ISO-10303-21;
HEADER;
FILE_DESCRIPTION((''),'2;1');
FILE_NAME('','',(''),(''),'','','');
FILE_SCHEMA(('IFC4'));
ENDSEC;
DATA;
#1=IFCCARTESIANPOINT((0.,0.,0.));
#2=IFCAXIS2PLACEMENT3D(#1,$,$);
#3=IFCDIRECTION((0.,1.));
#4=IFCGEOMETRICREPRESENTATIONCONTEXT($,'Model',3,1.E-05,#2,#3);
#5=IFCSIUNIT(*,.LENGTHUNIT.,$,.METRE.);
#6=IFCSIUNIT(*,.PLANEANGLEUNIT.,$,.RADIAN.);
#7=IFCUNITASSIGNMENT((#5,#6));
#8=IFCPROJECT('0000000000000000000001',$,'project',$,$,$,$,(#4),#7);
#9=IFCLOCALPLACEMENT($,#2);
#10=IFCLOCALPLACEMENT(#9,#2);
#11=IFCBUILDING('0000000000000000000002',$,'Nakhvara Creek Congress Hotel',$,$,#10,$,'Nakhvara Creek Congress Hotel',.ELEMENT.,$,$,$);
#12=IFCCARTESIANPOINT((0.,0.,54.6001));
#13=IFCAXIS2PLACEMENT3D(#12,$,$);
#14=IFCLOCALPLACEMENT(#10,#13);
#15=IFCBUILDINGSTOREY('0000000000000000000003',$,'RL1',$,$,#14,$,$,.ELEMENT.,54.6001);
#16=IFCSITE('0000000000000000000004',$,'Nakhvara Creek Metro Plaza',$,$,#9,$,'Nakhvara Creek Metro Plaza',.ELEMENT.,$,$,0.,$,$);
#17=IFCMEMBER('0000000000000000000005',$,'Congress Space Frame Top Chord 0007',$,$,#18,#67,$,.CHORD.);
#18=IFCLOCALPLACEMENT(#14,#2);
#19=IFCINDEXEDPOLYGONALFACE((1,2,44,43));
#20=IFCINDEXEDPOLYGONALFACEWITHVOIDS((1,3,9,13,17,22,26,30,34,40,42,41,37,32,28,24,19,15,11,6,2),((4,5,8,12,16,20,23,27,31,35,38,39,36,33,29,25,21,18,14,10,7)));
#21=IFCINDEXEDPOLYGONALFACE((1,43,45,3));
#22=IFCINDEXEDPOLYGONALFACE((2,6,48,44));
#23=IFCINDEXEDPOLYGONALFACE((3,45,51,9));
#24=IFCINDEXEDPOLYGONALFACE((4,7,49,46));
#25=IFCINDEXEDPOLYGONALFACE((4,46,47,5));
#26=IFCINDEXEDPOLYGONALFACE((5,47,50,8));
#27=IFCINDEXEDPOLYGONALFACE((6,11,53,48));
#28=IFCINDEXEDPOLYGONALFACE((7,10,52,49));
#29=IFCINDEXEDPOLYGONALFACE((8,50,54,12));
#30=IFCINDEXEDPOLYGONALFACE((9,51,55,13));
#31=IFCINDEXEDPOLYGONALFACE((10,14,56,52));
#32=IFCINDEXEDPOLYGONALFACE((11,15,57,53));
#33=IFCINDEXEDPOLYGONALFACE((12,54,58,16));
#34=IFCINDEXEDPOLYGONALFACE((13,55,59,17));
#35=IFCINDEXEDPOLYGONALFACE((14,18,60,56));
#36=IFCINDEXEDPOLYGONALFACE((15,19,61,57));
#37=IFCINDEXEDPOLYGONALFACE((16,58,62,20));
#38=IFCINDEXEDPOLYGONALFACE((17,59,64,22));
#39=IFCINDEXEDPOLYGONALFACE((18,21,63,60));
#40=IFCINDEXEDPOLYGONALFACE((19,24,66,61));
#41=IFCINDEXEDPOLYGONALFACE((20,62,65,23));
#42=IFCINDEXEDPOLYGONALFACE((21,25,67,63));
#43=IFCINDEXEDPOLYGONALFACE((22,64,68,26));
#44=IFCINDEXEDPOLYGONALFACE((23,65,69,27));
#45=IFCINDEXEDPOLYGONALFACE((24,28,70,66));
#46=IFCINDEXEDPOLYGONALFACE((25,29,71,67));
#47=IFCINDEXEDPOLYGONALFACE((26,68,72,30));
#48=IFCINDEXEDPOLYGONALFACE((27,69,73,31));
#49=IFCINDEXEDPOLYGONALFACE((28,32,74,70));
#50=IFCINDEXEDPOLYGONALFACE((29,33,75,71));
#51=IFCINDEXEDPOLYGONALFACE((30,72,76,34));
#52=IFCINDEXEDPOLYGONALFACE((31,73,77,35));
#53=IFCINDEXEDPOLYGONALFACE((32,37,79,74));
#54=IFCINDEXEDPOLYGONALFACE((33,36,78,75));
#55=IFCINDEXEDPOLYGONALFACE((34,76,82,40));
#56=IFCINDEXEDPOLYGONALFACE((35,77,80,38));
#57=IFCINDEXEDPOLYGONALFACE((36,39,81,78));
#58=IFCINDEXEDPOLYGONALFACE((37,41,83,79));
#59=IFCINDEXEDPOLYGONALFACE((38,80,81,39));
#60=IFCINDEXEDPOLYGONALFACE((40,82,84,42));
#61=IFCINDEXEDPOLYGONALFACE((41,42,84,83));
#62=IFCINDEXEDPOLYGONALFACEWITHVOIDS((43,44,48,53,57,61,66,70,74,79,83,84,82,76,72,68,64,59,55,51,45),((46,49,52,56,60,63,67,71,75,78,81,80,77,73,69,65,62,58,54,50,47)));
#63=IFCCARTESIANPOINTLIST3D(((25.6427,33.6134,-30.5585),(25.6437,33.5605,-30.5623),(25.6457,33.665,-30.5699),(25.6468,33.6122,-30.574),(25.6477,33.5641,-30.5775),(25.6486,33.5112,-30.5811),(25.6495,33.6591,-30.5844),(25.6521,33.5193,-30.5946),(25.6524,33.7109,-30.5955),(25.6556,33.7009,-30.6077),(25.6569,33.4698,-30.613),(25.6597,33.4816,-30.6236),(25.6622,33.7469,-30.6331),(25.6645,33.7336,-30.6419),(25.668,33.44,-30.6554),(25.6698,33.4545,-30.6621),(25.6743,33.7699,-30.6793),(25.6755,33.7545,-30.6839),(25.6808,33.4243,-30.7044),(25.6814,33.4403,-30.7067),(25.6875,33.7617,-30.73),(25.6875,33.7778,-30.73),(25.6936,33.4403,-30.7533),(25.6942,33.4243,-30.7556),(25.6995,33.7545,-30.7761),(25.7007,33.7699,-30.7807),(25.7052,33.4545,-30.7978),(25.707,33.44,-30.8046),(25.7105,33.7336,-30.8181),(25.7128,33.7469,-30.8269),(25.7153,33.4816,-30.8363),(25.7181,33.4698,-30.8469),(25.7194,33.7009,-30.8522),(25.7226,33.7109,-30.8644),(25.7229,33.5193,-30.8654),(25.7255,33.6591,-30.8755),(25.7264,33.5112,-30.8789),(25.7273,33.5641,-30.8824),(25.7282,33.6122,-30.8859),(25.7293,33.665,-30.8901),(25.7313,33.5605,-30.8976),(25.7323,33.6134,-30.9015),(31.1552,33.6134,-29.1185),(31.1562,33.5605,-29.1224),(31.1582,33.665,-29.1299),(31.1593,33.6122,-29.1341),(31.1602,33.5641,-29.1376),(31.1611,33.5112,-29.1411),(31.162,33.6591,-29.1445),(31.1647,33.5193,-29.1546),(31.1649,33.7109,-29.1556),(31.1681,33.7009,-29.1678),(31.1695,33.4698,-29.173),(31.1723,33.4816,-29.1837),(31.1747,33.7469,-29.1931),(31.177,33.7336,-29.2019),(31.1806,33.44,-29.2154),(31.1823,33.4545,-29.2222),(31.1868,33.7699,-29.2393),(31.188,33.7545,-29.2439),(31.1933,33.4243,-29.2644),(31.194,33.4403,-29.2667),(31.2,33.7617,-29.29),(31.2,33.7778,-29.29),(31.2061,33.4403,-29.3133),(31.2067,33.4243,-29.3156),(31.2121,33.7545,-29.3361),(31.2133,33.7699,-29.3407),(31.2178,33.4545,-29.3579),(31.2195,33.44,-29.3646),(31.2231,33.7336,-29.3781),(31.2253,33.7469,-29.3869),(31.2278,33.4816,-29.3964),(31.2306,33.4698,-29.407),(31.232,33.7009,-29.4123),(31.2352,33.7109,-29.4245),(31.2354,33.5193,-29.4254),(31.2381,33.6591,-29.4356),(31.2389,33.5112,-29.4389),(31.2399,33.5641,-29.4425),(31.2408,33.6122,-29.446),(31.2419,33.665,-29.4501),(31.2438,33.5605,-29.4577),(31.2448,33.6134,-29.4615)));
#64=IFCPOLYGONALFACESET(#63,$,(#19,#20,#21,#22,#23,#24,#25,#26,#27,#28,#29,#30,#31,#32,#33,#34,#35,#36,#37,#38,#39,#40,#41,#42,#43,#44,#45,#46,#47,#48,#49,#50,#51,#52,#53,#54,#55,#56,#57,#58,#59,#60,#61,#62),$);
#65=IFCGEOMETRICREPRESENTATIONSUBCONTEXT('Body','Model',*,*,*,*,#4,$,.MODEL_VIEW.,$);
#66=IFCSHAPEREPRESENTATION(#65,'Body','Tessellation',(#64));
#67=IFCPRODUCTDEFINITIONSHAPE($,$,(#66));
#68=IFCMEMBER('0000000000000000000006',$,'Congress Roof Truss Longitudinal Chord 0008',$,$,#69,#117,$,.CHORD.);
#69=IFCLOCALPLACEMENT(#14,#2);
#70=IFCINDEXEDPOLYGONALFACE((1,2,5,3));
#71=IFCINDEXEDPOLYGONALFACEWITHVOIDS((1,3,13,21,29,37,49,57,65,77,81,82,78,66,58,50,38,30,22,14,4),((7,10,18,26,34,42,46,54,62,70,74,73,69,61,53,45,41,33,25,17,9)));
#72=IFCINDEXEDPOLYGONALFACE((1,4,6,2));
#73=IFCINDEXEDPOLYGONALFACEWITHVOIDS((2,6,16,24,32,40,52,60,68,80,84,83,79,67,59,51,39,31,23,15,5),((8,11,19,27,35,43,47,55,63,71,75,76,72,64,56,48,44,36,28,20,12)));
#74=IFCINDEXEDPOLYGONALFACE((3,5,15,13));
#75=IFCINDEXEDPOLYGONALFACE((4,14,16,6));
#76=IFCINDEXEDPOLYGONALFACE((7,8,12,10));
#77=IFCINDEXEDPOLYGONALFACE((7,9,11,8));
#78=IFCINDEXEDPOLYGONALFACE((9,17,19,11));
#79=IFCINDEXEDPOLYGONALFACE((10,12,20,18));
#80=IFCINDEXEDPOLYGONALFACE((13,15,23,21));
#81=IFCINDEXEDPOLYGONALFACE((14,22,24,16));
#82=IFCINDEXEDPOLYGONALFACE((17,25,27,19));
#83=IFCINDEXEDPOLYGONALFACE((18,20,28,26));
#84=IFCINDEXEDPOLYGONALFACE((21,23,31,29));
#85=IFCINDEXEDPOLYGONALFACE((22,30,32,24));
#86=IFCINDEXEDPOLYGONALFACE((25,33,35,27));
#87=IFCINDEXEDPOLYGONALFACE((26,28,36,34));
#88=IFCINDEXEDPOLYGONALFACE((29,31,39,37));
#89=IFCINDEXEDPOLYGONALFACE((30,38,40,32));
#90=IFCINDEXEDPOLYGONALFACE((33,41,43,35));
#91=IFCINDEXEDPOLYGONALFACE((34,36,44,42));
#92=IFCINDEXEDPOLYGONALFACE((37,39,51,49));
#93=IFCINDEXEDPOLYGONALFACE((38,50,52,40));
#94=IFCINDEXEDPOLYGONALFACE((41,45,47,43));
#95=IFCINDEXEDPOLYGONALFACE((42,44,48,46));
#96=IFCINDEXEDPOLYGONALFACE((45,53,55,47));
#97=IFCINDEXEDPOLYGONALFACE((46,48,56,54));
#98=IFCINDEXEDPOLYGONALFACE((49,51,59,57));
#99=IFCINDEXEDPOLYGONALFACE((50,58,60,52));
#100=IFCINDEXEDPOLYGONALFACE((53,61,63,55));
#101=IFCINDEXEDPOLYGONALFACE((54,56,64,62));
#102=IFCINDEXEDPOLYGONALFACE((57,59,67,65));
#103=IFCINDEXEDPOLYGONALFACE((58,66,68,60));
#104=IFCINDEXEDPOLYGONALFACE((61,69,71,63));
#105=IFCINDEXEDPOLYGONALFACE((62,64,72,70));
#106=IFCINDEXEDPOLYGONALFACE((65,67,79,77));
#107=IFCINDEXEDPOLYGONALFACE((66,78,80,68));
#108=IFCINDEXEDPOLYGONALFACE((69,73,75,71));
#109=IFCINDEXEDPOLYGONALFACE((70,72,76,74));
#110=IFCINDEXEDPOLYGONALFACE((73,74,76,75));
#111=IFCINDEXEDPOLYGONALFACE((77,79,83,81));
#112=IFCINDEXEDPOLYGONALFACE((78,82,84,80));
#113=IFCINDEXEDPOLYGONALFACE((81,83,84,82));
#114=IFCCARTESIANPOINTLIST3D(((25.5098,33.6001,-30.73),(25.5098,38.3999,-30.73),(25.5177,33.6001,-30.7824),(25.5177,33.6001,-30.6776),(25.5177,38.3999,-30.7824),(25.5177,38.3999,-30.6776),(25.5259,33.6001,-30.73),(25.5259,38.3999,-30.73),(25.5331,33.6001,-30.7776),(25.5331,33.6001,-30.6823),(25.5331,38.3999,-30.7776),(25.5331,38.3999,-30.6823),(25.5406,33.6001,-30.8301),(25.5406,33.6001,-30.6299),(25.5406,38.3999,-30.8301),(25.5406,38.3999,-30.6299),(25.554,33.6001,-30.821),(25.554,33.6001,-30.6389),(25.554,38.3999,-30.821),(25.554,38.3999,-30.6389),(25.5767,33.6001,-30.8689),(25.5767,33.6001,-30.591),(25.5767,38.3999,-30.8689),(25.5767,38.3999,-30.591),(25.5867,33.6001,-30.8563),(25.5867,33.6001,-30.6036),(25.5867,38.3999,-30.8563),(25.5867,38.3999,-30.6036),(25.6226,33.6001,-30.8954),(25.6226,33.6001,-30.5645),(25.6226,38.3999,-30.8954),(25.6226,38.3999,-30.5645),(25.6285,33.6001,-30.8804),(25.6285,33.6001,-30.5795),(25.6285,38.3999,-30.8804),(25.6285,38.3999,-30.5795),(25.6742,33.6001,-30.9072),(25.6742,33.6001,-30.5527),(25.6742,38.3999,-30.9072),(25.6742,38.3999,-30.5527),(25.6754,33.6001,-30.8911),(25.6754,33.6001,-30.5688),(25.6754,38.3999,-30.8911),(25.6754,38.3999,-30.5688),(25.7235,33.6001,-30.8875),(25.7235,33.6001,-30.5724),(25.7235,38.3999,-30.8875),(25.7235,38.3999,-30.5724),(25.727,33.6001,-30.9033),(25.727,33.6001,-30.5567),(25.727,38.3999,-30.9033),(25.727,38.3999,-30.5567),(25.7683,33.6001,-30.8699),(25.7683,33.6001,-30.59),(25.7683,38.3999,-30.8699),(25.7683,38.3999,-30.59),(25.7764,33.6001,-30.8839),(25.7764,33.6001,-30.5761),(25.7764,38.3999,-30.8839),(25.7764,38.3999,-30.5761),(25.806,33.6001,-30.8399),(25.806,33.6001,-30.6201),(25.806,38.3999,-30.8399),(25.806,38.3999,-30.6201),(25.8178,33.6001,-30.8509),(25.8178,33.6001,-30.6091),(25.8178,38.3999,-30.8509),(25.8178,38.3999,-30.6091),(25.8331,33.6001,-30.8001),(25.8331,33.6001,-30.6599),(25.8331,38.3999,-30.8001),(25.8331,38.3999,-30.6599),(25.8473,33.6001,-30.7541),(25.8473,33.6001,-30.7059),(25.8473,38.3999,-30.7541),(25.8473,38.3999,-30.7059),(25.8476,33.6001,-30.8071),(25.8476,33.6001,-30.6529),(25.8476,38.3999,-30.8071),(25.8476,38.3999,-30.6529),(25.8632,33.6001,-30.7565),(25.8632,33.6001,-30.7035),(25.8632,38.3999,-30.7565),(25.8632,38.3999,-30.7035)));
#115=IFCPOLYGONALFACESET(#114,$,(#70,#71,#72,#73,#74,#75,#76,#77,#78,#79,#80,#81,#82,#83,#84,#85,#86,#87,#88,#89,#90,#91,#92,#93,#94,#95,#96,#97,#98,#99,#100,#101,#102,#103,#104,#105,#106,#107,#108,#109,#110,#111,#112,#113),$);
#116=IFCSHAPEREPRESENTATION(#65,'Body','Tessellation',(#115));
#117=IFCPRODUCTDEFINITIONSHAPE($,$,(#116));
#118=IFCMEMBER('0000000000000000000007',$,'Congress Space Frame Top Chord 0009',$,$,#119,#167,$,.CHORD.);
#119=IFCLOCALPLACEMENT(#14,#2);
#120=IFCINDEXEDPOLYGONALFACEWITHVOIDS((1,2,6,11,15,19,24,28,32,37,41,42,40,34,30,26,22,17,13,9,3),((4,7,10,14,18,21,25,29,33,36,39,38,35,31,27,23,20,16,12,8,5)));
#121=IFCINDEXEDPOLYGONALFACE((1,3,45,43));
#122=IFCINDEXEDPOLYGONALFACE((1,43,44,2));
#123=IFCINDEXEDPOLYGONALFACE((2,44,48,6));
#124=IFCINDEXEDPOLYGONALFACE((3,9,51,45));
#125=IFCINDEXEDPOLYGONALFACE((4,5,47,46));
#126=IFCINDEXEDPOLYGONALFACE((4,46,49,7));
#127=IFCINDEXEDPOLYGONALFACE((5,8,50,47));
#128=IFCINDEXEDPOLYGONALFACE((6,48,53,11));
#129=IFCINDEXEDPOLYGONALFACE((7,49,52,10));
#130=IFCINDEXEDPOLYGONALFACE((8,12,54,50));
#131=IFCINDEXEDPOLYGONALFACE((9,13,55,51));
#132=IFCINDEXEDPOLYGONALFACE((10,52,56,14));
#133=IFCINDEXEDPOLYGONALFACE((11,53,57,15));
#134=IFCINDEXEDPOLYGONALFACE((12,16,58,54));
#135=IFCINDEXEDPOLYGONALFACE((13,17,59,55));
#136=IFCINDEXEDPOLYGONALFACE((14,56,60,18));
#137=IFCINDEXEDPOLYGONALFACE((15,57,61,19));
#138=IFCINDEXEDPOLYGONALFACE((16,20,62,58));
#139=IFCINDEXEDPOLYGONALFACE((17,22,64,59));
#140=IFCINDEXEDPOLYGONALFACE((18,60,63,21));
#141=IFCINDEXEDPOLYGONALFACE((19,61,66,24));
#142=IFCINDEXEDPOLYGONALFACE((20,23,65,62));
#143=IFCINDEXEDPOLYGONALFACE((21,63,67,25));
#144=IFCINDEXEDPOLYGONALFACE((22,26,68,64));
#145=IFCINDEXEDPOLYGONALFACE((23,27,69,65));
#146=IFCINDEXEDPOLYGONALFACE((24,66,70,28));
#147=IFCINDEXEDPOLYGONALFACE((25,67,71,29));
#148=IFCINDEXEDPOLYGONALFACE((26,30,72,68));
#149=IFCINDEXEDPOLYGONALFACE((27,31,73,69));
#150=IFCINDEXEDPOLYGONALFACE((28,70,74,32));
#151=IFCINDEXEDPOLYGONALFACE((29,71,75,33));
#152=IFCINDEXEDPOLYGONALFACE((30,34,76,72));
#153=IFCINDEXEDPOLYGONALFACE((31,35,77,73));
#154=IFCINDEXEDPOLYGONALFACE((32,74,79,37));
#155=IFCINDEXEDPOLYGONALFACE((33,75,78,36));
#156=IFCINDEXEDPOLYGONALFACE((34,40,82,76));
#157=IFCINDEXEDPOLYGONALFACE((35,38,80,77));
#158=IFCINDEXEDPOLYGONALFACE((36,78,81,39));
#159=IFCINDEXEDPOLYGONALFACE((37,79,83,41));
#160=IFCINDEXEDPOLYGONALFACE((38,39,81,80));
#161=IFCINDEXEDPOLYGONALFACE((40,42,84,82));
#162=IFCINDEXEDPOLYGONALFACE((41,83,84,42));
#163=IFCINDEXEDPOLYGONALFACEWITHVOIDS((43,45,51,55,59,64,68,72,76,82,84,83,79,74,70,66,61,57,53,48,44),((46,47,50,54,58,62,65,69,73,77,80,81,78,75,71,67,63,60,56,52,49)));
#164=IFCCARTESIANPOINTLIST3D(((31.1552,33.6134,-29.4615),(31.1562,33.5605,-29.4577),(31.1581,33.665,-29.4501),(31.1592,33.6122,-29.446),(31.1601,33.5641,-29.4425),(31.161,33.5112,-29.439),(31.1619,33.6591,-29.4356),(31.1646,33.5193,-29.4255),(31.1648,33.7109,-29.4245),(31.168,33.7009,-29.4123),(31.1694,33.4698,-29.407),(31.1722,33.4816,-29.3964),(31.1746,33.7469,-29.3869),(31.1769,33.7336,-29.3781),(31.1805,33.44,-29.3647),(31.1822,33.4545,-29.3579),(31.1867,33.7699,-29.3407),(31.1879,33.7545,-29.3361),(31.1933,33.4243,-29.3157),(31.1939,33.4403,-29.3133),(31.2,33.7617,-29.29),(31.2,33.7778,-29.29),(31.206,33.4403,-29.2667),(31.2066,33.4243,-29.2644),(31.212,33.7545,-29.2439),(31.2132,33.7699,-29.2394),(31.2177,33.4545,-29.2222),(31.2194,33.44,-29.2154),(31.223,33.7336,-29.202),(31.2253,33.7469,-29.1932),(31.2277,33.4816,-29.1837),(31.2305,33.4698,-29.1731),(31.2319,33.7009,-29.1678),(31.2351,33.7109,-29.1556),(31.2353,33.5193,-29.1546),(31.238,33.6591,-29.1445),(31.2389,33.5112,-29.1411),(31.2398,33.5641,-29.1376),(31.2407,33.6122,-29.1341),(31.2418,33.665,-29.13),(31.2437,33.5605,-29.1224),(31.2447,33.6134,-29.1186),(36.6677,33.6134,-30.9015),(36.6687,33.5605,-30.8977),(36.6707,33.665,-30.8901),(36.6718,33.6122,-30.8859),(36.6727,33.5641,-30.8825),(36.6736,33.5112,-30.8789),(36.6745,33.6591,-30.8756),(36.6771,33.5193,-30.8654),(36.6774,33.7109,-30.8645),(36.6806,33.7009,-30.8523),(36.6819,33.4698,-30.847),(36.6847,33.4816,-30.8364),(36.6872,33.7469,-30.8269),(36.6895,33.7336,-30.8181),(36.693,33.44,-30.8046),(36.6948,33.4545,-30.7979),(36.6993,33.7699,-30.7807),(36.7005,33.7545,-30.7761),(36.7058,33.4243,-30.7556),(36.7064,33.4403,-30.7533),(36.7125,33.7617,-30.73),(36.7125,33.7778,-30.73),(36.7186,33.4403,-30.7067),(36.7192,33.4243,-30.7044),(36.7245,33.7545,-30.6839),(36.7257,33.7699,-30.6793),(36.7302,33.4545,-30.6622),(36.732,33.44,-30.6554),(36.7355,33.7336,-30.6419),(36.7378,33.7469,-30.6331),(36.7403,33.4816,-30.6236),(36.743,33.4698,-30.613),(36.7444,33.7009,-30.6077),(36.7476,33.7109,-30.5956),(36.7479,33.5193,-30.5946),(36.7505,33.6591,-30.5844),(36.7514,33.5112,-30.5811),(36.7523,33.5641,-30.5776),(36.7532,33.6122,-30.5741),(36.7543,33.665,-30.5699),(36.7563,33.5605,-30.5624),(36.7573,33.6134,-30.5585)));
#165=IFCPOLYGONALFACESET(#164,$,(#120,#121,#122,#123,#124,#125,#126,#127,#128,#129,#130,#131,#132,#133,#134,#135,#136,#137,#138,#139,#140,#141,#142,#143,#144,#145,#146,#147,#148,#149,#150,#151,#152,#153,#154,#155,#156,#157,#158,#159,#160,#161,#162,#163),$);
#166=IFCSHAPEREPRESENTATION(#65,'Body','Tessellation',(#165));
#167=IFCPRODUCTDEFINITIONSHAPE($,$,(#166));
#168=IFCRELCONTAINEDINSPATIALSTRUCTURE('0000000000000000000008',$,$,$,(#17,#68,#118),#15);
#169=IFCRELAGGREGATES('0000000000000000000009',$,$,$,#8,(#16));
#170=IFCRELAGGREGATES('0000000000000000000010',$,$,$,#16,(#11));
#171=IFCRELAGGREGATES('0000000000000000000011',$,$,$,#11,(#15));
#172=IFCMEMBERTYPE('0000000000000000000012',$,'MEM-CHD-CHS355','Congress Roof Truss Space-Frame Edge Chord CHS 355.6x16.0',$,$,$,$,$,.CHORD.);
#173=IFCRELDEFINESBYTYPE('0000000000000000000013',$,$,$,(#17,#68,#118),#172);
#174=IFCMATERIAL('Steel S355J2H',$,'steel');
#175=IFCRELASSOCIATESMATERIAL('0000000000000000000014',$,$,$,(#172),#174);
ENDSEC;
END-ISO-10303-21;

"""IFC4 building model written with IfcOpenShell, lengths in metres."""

from ifc_helpers import new_model, si_unit, direction, frame, origin, origin_2d, place, context, subcontext, project, spatial, hollow_circle, extrude, material, material_profile, profile_set, type_object, element, save


model = new_model("IFC4")

# Units and contexts
model_context = context("Model", 3, precision=1e-05, world=origin(), true_north=direction((0.0, 1.0)))
body_context = subcontext(model_context, "Body", "Model", "MODEL_VIEW")
ifc_project = project(units=[si_unit("LENGTHUNIT", "METRE"), si_unit("PLANEANGLEUNIT", "RADIAN")], contexts=[model_context])

# Site, building, storey
site_placement = place(None, origin())
site = spatial("IfcSite", under=ifc_project, at=site_placement, Name="Nakhvara Creek Metro Plaza", LongName="Nakhvara Creek Metro Plaza", CompositionType="ELEMENT", RefElevation=0.0)
building_placement = place(site_placement, origin())
building = spatial("IfcBuilding", under=site, at=building_placement, Name="Nakhvara Creek Congress Hotel", LongName="Nakhvara Creek Congress Hotel", CompositionType="ELEMENT")
storey_placement = place(building_placement, frame((0.0, 0.0, 54.6001)))
storey = spatial("IfcBuildingStorey", under=building, at=storey_placement, Name="RL1", CompositionType="ELEMENT", Elevation=54.6001)

# Members
ifc_material_1 = material(Name="Steel S355J2H", Category="steel")
ifc_material_profile_1 = material_profile(ifc_material_1, hollow_circle(Radius=0.1777, WallThickness=0.0161, at=origin_2d()), Name="CHS 355.6x16.0", Category="LoadBearing")
ifc_profile_set_1 = profile_set([ifc_material_profile_1], Name="Steel S355J2H")
member_type_1 = type_object("IfcMemberType", Name="MEM-CHD-CHS355", Description="Congress Roof Truss Space-Frame Edge Chord CHS 355.6x16.0", PredefinedType="CHORD", material=ifc_profile_set_1)
member_1_placement = place(storey_placement, frame((25.6875, 33.6001, -30.73), z_axis=(0.967535, 0.0, 0.252736), x_axis=(0.0, 1.0, 0.0)))
element("IfcMember", 1, at=member_1_placement, inside=storey, type_object=member_type_1, Name="Congress Space Frame Top Chord 0007", PredefinedType="CHORD", context=body_context, shape_type="SweptSolid", body=[
    extrude(hollow_circle(Radius=0.1777, WallThickness=0.0161, at=origin_2d()), origin(), (0.0, 0.0, 1.0), 5.6975),
])
member_2_placement = place(storey_placement, frame((25.6875, 33.6001, -30.73), z_axis=(0.0, 1.0, 0.0), x_axis=(-1.0, 0.0, 0.0)))
element("IfcMember", 2, at=member_2_placement, inside=storey, type_object=member_type_1, Name="Congress Roof Truss Longitudinal Chord 0008", PredefinedType="CHORD", context=body_context, shape_type="SweptSolid", body=[
    extrude(hollow_circle(Radius=0.1777, WallThickness=0.0161, at=origin_2d()), origin(), (0.0, 0.0, 1.0), 4.7998),
])
member_3_placement = place(storey_placement, frame((31.2, 33.6001, -29.29), z_axis=(0.967535, 0.0, -0.252736), x_axis=(0.0, 1.0, 0.0)))
element("IfcMember", 3, at=member_3_placement, inside=storey, type_object=member_type_1, Name="Congress Space Frame Top Chord 0009", PredefinedType="CHORD", context=body_context, shape_type="SweptSolid", body=[
    extrude(hollow_circle(Radius=0.1777, WallThickness=0.0161, at=origin_2d()), origin(), (0.0, 0.0, 1.0), 5.6975),
])

save(model, "model.ifc")
